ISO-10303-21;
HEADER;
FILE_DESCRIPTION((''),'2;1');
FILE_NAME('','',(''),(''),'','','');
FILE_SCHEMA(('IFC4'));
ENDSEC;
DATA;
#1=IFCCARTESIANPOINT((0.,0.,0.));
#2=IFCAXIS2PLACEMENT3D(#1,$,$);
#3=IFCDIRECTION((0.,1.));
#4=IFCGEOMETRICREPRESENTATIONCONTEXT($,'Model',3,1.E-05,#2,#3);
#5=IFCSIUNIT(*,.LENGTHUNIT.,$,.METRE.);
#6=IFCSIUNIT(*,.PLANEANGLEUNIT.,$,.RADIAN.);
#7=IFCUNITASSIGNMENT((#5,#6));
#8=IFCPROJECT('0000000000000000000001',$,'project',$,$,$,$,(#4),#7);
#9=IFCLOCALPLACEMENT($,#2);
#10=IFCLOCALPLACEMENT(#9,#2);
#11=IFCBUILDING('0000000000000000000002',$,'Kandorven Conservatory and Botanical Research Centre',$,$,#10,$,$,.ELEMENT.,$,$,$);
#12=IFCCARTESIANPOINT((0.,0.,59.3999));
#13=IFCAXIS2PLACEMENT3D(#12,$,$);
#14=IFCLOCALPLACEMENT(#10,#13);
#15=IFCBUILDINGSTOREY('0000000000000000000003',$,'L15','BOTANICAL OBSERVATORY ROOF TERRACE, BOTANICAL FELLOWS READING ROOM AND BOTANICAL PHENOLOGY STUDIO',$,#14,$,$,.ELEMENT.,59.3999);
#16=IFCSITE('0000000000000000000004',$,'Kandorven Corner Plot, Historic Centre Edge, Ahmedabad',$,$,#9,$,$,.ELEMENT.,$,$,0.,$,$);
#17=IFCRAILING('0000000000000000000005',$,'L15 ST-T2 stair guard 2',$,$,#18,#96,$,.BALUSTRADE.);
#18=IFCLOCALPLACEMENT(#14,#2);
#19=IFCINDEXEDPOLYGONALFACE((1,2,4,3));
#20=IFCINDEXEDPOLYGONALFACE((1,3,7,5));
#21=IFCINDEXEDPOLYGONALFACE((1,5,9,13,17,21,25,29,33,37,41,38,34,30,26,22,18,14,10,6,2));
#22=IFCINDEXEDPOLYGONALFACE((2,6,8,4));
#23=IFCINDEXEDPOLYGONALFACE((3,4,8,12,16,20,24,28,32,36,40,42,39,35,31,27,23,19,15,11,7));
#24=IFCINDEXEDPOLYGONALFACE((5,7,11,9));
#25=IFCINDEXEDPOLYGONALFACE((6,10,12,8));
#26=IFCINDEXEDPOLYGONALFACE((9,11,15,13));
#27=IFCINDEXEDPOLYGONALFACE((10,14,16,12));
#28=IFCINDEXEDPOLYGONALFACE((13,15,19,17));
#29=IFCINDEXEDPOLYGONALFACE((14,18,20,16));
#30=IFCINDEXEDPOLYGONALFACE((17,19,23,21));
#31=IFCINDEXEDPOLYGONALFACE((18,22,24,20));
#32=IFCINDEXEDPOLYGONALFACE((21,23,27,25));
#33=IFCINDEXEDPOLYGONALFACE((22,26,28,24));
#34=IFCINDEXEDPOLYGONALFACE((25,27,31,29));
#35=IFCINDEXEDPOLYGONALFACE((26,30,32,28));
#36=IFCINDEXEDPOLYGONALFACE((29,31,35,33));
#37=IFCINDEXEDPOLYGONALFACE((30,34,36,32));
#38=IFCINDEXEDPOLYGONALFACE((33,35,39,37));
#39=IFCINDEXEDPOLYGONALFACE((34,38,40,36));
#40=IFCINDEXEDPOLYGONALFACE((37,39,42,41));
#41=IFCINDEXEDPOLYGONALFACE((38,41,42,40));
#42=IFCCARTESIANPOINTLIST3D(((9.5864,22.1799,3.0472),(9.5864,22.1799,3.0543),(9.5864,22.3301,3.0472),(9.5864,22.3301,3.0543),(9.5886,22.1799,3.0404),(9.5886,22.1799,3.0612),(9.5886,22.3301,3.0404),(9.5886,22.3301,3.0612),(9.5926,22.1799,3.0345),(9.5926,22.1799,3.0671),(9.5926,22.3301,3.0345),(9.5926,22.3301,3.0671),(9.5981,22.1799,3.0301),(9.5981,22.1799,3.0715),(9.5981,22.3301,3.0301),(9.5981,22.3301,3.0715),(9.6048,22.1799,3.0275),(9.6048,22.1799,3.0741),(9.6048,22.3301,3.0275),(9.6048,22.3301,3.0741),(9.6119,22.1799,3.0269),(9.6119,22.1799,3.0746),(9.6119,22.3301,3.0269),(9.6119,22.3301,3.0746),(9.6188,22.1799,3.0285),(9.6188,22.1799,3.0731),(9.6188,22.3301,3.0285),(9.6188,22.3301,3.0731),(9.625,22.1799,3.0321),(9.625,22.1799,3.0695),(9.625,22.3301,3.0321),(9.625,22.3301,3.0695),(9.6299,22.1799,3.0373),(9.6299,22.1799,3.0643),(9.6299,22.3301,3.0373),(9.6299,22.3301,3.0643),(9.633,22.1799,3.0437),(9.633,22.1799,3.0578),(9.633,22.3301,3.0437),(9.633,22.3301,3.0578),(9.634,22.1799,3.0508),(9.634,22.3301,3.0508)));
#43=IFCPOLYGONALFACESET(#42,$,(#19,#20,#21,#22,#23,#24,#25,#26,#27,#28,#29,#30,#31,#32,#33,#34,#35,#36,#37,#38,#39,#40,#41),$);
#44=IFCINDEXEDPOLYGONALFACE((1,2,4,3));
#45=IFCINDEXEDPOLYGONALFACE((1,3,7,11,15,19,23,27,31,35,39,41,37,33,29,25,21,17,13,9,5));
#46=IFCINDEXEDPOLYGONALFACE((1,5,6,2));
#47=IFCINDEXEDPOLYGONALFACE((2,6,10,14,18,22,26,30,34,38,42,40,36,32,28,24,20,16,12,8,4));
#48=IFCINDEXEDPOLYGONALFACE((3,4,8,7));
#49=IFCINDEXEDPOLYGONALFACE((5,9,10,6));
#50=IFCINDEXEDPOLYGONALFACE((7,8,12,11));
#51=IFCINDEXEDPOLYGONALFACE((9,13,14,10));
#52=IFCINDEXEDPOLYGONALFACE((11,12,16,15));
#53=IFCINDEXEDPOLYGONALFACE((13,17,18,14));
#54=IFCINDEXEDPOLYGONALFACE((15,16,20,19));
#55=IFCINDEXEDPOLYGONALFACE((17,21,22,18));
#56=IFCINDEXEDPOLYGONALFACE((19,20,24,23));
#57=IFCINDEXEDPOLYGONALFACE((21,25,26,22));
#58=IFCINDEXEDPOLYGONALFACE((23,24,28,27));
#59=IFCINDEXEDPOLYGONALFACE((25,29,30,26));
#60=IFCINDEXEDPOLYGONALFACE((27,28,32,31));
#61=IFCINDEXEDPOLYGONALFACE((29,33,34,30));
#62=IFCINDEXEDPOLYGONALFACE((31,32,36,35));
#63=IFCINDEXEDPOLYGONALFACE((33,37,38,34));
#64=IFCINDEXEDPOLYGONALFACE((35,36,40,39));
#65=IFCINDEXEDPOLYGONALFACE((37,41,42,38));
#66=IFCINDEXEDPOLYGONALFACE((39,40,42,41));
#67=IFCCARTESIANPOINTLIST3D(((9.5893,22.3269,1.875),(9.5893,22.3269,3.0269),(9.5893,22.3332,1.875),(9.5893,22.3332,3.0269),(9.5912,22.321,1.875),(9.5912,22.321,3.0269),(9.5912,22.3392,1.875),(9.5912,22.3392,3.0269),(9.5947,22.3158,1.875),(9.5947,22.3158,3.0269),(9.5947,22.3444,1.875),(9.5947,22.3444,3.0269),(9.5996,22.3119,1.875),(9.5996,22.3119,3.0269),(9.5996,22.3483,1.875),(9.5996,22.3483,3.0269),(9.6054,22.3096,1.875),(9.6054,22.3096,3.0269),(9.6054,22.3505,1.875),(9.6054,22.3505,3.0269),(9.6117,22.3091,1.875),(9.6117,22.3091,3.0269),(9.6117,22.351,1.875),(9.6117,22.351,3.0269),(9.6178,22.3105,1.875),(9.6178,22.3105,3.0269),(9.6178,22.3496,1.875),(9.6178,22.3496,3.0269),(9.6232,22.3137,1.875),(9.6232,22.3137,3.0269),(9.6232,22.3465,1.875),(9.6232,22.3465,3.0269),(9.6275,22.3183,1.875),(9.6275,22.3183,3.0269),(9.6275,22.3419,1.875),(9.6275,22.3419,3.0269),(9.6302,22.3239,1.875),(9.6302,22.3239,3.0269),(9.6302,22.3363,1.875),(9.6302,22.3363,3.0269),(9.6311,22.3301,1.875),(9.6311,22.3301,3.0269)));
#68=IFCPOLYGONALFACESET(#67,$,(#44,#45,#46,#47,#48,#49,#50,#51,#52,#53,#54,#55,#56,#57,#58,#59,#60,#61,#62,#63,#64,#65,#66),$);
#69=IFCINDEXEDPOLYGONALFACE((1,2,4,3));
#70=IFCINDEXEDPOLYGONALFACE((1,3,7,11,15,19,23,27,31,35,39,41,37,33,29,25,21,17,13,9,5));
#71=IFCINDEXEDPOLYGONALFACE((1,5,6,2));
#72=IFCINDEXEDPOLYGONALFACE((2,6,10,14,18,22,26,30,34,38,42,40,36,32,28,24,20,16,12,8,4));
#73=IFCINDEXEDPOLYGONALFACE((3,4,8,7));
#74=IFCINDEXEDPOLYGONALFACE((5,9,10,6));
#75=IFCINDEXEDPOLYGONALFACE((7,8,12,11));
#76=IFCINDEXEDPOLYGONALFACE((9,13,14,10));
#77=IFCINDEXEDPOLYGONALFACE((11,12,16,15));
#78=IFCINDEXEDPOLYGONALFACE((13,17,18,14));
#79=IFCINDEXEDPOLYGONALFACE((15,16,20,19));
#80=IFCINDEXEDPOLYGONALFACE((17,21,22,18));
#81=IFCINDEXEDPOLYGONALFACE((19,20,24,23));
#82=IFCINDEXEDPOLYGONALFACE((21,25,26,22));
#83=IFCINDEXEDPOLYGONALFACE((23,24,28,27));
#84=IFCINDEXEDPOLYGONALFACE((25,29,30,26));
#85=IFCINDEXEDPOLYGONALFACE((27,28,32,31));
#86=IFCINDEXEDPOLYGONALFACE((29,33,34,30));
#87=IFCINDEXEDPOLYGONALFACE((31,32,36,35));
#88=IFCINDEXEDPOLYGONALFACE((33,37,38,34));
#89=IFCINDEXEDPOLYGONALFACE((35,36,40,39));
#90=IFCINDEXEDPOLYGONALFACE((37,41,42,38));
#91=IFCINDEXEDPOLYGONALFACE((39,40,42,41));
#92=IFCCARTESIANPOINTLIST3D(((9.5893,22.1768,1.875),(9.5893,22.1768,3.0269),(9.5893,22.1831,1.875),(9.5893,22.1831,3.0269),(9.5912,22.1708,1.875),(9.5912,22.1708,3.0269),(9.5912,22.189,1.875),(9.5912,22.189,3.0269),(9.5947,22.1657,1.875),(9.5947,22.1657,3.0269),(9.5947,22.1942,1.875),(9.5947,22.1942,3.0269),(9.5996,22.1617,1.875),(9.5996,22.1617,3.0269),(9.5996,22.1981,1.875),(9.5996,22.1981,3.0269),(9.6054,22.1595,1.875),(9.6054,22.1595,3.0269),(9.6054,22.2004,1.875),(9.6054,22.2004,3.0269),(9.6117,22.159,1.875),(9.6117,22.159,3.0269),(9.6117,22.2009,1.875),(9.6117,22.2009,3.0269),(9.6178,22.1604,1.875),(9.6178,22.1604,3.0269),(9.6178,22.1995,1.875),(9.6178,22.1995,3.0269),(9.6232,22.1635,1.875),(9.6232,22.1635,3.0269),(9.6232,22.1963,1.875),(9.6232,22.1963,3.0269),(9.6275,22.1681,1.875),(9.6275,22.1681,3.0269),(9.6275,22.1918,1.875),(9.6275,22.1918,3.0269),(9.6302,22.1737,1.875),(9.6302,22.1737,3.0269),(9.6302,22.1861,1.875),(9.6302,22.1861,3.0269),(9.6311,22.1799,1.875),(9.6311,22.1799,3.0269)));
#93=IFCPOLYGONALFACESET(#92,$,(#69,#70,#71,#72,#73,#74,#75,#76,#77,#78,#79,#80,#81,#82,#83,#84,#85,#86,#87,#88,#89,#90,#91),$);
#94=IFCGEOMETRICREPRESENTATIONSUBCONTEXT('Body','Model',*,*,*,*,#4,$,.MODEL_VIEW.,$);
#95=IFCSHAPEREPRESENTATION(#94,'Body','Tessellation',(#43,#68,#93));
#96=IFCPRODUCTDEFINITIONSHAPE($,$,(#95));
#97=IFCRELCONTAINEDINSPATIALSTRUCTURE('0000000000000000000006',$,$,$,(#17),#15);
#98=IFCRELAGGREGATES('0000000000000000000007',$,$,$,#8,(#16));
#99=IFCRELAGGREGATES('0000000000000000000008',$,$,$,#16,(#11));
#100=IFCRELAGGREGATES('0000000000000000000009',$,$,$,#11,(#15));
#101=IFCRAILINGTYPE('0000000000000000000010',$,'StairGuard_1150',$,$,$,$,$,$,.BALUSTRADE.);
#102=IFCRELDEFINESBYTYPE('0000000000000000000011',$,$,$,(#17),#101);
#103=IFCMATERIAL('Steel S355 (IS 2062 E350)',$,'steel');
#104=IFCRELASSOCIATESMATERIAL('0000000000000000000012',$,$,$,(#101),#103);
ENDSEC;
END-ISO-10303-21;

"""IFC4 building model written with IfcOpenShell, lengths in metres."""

from ifc_helpers import new_model, si_unit, direction, frame, origin, origin_2d, place, context, subcontext, project, spatial, circle, extrude, material, type_object, element, save


model = new_model("IFC4")

# Units and contexts
model_context = context("Model", 3, precision=1e-05, world=origin(), true_north=direction((0.0, 1.0)))
body_context = subcontext(model_context, "Body", "Model", "MODEL_VIEW")
ifc_project = project(units=[si_unit("LENGTHUNIT", "METRE"), si_unit("PLANEANGLEUNIT", "RADIAN")], contexts=[model_context])

# Site, building, storey
site_placement = place(None, origin())
site = spatial("IfcSite", under=ifc_project, at=site_placement, Name="Kandorven Corner Plot, Historic Centre Edge, Ahmedabad", CompositionType="ELEMENT", RefElevation=0.0)
building_placement = place(site_placement, origin())
building = spatial("IfcBuilding", under=site, at=building_placement, Name="Kandorven Conservatory and Botanical Research Centre", CompositionType="ELEMENT")
storey_placement = place(building_placement, frame((0.0, 0.0, 59.3999)))
storey = spatial("IfcBuildingStorey", under=building, at=storey_placement, Name="L15", Description="BOTANICAL OBSERVATORY ROOF TERRACE, BOTANICAL FELLOWS READING ROOM AND BOTANICAL PHENOLOGY STUDIO", CompositionType="ELEMENT", Elevation=59.3999)

# Railing
ifc_material_1 = material(Name="Steel S355 (IS 2062 E350)", Category="steel")
railing_type_1 = type_object("IfcRailingType", Name="StairGuard_1150", PredefinedType="BALUSTRADE", material=ifc_material_1)
railing_1_placement = place(storey_placement, frame((9.6101, 22.3301, 1.875)))
element("IfcRailing", 1, at=railing_1_placement, inside=storey, type_object=railing_type_1, Name="L15 ST-T2 stair guard 2", PredefinedType="BALUSTRADE", context=body_context, shape_type="SweptSolid", body=[
    extrude(circle(Radius=0.0239, at=origin_2d()), frame((0.0, 0.0, 1.1758), z_axis=(0.0, -1.0, 0.0), x_axis=(1.0, 0.0, 0.0)), (0.0, 0.0, 1.0), 0.1501),
    extrude(circle(Radius=0.021, at=origin_2d()), origin(), (0.0, 0.0, 1.0), 1.1519),
    extrude(circle(Radius=0.021, at=origin_2d()), frame((0.0, -0.1501, 0.0)), (0.0, 0.0, 1.0), 1.1519),
])

save(model, "model.ifc")
